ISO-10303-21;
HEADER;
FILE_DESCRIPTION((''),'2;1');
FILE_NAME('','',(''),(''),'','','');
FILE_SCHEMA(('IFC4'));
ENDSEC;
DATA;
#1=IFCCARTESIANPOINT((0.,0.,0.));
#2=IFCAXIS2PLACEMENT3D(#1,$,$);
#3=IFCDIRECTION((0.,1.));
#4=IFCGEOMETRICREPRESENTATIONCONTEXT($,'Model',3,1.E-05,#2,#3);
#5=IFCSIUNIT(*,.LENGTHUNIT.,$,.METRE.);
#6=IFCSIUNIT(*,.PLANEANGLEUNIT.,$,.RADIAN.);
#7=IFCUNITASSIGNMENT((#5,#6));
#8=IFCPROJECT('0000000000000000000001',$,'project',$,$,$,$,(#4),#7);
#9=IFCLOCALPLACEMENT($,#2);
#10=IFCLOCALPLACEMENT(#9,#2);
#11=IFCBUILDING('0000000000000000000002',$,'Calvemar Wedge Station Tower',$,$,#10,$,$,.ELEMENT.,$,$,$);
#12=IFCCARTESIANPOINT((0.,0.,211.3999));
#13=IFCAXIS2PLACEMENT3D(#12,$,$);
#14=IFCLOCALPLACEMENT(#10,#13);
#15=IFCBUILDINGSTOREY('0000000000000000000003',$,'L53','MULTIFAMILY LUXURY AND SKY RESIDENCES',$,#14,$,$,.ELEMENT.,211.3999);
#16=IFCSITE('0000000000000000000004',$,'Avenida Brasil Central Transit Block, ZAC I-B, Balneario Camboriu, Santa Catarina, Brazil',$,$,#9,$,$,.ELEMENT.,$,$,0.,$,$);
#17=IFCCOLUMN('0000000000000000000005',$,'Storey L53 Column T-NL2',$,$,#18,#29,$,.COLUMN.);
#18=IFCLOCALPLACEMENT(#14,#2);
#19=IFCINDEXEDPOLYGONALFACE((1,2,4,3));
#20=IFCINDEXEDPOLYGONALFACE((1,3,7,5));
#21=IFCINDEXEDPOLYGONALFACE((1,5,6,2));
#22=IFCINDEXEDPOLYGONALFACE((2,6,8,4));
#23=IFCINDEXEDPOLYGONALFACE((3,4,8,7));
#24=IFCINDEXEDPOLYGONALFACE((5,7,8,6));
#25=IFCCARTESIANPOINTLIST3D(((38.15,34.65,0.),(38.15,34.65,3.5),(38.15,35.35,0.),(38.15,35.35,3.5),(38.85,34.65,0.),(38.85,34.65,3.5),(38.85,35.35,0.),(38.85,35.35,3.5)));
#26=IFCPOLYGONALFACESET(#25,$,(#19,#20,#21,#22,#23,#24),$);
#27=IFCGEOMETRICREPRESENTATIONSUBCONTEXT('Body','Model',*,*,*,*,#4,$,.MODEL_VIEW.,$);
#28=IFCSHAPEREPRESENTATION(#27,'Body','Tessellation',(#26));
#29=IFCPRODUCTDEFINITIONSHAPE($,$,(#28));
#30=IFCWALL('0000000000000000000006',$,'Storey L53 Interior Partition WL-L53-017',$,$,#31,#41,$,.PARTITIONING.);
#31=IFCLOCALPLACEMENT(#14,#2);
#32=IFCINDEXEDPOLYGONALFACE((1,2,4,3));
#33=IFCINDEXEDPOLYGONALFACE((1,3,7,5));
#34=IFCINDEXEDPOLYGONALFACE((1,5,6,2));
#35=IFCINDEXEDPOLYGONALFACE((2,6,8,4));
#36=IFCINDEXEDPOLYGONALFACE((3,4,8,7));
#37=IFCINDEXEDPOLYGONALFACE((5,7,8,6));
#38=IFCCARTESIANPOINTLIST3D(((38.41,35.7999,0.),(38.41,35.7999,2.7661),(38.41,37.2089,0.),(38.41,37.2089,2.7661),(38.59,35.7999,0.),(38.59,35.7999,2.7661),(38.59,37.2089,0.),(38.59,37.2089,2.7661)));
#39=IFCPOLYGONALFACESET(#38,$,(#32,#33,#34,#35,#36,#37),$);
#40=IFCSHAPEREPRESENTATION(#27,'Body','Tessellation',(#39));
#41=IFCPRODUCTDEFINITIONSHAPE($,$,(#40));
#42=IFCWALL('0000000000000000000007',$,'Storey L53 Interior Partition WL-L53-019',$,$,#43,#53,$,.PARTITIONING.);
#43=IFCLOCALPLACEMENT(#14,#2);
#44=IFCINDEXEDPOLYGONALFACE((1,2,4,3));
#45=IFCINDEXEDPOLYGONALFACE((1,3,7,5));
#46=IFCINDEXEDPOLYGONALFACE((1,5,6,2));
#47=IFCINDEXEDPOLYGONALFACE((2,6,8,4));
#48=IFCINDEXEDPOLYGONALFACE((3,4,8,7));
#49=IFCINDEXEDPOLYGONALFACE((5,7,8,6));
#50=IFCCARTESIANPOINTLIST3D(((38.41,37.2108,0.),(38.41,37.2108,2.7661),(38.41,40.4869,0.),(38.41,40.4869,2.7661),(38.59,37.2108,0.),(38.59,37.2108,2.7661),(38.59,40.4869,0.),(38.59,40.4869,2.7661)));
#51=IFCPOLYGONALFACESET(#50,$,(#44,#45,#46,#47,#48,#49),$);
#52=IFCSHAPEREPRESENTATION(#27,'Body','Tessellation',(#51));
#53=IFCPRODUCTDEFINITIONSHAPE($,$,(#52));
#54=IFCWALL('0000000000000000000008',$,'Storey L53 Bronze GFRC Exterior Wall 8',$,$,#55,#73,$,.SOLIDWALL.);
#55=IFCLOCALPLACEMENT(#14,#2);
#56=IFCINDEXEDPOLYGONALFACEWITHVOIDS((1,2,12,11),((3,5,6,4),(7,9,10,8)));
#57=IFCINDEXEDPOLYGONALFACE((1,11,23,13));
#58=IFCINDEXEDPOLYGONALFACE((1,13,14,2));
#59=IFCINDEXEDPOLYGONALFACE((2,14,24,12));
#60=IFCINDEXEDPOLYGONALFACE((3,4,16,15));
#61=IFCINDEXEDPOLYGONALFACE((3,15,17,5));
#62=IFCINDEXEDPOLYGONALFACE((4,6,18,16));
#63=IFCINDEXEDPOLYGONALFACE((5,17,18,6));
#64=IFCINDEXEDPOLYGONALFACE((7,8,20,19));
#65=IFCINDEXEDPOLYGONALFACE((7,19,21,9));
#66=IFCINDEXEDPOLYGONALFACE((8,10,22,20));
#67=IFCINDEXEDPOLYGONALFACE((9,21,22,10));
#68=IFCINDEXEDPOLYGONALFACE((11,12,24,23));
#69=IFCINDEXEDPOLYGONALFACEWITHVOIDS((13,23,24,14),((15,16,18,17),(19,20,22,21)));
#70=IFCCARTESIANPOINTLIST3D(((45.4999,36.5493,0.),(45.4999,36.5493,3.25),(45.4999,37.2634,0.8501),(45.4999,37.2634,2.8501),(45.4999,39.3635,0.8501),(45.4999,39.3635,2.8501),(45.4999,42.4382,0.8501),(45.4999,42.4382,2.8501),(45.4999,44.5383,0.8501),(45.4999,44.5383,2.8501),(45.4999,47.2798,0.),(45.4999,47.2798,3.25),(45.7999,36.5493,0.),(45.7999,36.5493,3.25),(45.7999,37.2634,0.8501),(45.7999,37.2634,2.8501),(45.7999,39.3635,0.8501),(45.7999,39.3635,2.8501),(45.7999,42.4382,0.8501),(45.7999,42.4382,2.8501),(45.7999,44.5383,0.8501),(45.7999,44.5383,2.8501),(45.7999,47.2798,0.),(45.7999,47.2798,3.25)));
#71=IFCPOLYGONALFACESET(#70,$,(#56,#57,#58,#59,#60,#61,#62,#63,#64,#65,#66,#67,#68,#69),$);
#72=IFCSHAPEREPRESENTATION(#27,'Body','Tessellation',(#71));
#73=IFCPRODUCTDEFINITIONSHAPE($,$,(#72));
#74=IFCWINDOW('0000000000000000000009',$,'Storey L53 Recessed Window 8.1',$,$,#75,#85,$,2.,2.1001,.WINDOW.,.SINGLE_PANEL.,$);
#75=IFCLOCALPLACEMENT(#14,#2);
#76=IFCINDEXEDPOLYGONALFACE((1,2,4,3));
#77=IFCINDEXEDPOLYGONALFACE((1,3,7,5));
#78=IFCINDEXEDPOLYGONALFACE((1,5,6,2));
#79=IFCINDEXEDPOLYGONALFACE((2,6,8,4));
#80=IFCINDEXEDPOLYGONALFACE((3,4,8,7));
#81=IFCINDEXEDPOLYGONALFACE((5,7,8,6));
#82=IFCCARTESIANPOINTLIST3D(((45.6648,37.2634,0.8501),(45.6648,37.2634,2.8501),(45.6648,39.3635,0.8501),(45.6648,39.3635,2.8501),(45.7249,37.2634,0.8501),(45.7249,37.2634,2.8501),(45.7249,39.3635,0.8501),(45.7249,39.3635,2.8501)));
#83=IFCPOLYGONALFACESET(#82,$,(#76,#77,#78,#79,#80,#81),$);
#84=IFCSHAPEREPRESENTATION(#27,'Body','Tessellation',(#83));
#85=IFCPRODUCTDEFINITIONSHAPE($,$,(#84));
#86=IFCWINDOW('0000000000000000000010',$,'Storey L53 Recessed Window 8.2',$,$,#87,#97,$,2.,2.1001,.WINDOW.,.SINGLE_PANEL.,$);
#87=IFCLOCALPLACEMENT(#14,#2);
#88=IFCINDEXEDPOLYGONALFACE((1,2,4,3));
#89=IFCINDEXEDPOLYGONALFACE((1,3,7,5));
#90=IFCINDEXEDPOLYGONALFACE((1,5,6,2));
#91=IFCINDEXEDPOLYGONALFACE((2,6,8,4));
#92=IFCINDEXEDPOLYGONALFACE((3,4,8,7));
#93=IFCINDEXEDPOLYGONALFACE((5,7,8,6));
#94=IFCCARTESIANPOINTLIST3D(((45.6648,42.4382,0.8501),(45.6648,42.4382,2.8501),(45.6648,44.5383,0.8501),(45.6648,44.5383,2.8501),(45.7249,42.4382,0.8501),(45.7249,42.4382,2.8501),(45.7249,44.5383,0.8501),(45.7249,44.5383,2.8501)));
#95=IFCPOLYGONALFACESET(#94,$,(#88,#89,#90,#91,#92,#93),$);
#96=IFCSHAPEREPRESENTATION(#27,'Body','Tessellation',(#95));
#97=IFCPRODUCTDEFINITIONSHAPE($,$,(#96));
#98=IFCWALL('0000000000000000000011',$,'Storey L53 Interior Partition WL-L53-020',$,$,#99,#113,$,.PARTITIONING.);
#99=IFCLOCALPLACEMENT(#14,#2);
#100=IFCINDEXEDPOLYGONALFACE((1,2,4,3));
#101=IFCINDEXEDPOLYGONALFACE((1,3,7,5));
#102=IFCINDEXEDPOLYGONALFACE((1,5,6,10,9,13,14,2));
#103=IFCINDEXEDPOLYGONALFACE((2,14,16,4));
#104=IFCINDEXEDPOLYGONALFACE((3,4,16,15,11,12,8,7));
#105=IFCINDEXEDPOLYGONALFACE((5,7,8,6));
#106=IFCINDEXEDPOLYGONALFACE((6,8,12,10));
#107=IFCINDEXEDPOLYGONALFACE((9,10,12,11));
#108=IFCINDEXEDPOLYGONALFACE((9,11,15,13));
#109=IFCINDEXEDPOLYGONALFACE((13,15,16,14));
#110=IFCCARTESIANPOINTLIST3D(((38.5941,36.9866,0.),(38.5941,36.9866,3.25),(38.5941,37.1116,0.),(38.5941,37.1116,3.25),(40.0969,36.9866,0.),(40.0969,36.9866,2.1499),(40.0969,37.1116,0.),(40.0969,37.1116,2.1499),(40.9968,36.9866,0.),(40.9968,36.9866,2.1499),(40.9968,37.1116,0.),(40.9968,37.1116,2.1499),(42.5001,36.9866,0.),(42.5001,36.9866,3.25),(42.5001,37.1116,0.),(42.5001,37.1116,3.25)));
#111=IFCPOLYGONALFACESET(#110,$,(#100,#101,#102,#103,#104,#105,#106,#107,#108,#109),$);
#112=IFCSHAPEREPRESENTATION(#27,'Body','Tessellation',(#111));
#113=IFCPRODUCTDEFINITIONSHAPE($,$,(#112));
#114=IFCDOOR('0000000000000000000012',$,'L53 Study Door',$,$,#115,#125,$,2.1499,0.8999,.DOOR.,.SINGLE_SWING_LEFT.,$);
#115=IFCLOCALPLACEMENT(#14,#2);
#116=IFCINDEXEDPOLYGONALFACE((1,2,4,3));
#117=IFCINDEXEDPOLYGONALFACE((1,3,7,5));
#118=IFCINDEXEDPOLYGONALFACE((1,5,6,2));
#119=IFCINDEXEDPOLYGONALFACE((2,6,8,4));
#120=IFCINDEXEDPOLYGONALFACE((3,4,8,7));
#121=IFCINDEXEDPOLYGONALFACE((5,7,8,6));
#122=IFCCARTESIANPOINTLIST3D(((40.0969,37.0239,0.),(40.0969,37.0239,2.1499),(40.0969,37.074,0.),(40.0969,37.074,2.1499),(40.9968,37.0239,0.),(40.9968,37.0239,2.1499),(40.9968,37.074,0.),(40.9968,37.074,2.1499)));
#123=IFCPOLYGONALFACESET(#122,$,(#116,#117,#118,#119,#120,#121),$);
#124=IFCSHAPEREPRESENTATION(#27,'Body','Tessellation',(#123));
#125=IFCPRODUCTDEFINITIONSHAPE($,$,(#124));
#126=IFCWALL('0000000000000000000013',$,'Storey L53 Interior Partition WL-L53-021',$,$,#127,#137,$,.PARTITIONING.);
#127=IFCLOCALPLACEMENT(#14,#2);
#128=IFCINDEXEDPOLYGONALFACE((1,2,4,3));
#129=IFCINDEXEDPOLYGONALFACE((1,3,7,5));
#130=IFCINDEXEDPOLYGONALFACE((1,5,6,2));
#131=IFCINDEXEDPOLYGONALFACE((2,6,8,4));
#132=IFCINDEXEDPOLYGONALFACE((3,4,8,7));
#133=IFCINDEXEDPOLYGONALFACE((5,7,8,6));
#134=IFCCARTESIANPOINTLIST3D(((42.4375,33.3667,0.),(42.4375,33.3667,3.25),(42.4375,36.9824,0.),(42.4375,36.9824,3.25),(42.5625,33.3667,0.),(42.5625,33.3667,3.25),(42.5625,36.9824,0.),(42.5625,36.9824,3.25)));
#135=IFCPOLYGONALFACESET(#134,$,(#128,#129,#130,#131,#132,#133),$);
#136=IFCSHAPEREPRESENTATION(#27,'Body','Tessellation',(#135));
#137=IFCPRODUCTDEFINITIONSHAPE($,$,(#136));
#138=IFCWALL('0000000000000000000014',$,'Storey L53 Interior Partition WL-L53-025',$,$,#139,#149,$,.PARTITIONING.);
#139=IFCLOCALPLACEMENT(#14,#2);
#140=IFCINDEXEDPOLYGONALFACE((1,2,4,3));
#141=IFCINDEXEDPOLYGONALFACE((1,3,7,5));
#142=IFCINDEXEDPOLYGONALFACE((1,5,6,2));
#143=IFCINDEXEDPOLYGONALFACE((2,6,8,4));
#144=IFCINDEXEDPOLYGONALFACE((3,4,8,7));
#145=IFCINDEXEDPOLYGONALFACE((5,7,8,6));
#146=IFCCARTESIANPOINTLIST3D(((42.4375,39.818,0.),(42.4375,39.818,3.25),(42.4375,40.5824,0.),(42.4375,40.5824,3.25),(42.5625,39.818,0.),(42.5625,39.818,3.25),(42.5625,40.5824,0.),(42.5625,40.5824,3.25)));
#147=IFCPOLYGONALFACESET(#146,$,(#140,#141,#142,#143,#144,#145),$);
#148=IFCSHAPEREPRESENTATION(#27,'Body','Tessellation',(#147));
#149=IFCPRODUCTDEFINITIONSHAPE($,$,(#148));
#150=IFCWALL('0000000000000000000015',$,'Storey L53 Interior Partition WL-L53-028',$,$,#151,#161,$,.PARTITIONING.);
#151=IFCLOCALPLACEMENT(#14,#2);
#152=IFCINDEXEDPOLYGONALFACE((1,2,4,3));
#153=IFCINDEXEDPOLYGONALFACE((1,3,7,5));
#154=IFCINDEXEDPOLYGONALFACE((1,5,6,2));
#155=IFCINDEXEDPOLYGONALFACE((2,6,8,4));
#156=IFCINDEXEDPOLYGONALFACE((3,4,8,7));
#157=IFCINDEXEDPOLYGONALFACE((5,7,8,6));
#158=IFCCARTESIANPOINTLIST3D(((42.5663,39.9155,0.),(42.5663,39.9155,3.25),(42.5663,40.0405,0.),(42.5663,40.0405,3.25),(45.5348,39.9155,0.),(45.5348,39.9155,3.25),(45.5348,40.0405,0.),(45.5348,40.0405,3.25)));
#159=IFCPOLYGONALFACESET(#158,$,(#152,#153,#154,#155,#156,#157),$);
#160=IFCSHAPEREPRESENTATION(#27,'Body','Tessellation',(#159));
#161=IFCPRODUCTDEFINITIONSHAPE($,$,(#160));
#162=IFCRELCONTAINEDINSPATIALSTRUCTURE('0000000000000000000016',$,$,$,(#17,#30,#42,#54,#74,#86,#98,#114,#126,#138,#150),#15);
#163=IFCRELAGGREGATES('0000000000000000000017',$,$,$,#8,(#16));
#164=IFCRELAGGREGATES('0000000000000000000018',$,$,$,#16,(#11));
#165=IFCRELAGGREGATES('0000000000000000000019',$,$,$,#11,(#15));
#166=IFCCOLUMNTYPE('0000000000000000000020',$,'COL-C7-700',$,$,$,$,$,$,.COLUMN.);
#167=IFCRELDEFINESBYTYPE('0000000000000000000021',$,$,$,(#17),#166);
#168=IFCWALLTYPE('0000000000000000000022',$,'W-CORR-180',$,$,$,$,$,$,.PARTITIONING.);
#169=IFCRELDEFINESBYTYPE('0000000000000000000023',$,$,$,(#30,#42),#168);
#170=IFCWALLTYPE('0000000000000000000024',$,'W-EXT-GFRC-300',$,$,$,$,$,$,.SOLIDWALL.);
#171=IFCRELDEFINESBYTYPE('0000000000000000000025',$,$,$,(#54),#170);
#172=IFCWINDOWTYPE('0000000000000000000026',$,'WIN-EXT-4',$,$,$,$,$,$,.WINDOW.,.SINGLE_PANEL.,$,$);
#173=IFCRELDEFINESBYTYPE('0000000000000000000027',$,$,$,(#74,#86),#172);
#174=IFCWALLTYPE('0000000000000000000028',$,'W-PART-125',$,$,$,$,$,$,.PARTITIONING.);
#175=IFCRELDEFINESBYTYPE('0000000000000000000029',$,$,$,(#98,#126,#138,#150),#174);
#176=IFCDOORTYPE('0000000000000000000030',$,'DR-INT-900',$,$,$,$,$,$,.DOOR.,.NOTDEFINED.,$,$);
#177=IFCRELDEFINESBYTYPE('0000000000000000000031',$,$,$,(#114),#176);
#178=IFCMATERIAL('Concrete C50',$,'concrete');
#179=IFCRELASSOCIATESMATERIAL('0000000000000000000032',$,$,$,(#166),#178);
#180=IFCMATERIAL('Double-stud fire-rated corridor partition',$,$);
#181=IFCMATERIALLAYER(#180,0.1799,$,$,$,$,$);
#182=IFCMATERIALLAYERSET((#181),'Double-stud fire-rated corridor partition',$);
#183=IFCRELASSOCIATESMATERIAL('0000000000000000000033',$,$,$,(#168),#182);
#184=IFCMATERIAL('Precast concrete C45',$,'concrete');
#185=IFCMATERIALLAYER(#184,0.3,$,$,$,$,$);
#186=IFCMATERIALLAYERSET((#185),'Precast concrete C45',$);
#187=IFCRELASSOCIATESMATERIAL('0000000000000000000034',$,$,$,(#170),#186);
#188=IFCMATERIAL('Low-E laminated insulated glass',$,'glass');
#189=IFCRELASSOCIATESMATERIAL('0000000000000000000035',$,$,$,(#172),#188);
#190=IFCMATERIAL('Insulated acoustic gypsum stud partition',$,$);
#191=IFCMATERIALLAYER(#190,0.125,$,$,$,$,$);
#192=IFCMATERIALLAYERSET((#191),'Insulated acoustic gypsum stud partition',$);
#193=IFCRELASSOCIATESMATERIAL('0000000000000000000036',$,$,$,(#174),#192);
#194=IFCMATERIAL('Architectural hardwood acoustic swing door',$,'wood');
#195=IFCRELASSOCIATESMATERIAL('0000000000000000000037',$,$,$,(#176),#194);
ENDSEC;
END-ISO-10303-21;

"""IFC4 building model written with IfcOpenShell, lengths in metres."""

from ifc_helpers import new_model, si_unit, direction, frame, frame_2d, origin, origin_2d, place, context, subcontext, project, spatial, rectangle, extrude, source, transform, mapped, material, layer, layer_set, material_profile, profile_set, type_object, element, fill, save


model = new_model("IFC4")

# Units and contexts
model_context = context("Model", 3, precision=1e-05, world=origin(), true_north=direction((0.0, 1.0)))
body_context = subcontext(model_context, "Body", "Model", "MODEL_VIEW")
ifc_project = project(units=[si_unit("LENGTHUNIT", "METRE"), si_unit("PLANEANGLEUNIT", "RADIAN")], contexts=[model_context])

# Site, building, storey
site_placement = place(None, origin())
site = spatial("IfcSite", under=ifc_project, at=site_placement, Name="Avenida Brasil Central Transit Block, ZAC I-B, Balneario Camboriu, Santa Catarina, Brazil", CompositionType="ELEMENT", RefElevation=0.0)
building_placement = place(site_placement, origin())
building = spatial("IfcBuilding", under=site, at=building_placement, Name="Calvemar Wedge Station Tower", CompositionType="ELEMENT")
storey_placement = place(building_placement, frame((0.0, 0.0, 211.3999)))
storey = spatial("IfcBuildingStorey", under=building, at=storey_placement, Name="L53", Description="MULTIFAMILY LUXURY AND SKY RESIDENCES", CompositionType="ELEMENT", Elevation=211.3999)

# Column
ifc_material_1 = material(Name="Concrete C50", Category="concrete")
ifc_material_profile = material_profile(ifc_material_1, rectangle(XDim=0.7, YDim=0.7, at=origin_2d()), Name="RC700x700")
ifc_profile_set = profile_set([ifc_material_profile], Name="Concrete C50")
column_type = type_object("IfcColumnType", Name="COL-C7-700", PredefinedType="COLUMN", material=ifc_profile_set)
shared_shape_1 = source(origin(), body_context, "Body", "SweptSolid", [
    extrude(rectangle(XDim=0.7, YDim=0.7, at=origin_2d()), origin(), (0.0, 0.0, 1.0), 3.5),
])
column_placement = place(storey_placement, frame((38.5, 35.0, 0.0), z_axis=(0.0, 0.0, 1.0), x_axis=(1.0, 0.0, 0.0)))
element("IfcColumn", 1, at=column_placement, inside=storey, type_object=column_type, Name="Storey L53 Column T-NL2", PredefinedType="COLUMN", context=body_context, shape_type="MappedRepresentation", body=[
    mapped(shared_shape_1, transform((0.0, 0.0, 0.0), scale=1.0)),
])

# Walls
ifc_material_2 = material(Name="Double-stud fire-rated corridor partition")
ifc_layer_1 = layer(ifc_material_2, 0.1799)
ifc_layer_set_1 = layer_set([ifc_layer_1], Name="Double-stud fire-rated corridor partition")
wall_type_1 = type_object("IfcWallType", Name="W-CORR-180", PredefinedType="PARTITIONING", material=ifc_layer_set_1)
wall_1_placement = place(storey_placement, frame((38.5, 37.209, 0.0), z_axis=(0.0, 0.0, 1.0), x_axis=(0.0, -1.0, 0.0)))
element("IfcWall", 2, at=wall_1_placement, inside=storey, type_object=wall_type_1, Name="Storey L53 Interior Partition WL-L53-017", PredefinedType="PARTITIONING", context=body_context, shape_type="SweptSolid", body=[
    extrude(rectangle(XDim=1.4089, YDim=0.1799, at=frame_2d((0.7046, 0.0))), origin(), (0.0, 0.0, 1.0), 2.7661),
])
wall_2_placement = place(storey_placement, frame((38.5, 40.4871, 0.0), z_axis=(0.0, 0.0, 1.0), x_axis=(0.0, -1.0, 0.0)))
element("IfcWall", 3, at=wall_2_placement, inside=storey, type_object=wall_type_1, Name="Storey L53 Interior Partition WL-L53-019", PredefinedType="PARTITIONING", context=body_context, shape_type="SweptSolid", body=[
    extrude(rectangle(XDim=3.2761, YDim=0.1799, at=frame_2d((1.6382, 0.0))), origin(), (0.0, 0.0, 1.0), 2.7661),
])

# Wall, openings, windows
ifc_material_3 = material(Name="Precast concrete C45", Category="concrete")
ifc_layer_2 = layer(ifc_material_3, 0.3)
ifc_layer_set_2 = layer_set([ifc_layer_2], Name="Precast concrete C45")
wall_type_2 = type_object("IfcWallType", Name="W-EXT-GFRC-300", PredefinedType="SOLIDWALL", material=ifc_layer_set_2)
wall_3_placement = place(storey_placement, frame((45.6499, 36.5493, 0.0), z_axis=(0.0, 0.0, 1.0), x_axis=(0.0, 1.0, 0.0)))
wall_3 = element("IfcWall", 4, at=wall_3_placement, inside=storey, type_object=wall_type_2, Name="Storey L53 Bronze GFRC Exterior Wall 8", PredefinedType="SOLIDWALL", context=body_context, shape_type="SweptSolid", body=[
    extrude(rectangle(XDim=10.7305, YDim=0.3, at=frame_2d((5.3652, 0.0))), origin(), (0.0, 0.0, 1.0), 3.25),
])
shared_shape_2 = source(origin(), body_context, "Body", "SweptSolid", [
    extrude(rectangle(XDim=2.1001, YDim=2.0, at=frame_2d((1.05, 1.0))), frame((0.0, 0.1602, 0.0), z_axis=(0.0, -1.0, 0.0), x_axis=(1.0, 0.0, 0.0)), (0.0, 0.0, 1.0), 0.3201),
])
opening_1_placement = place(wall_3_placement, frame((0.7141, 0.0, 0.8501)))
opening_1 = element("IfcOpeningElement", 5, at=opening_1_placement, cuts=wall_3, PredefinedType="OPENING", context=body_context, shape_type="MappedRepresentation", body=[
    mapped(shared_shape_2, transform((0.0, 0.0, 0.0), scale=1.0)),
])
opening_2_placement = place(wall_3_placement, frame((5.8889, 0.0, 0.8501)))
opening_2 = element("IfcOpeningElement", 6, at=opening_2_placement, cuts=wall_3, PredefinedType="OPENING", context=body_context, shape_type="MappedRepresentation", body=[
    mapped(shared_shape_2, transform((0.0, 0.0, 0.0), scale=1.0)),
])
ifc_material_4 = material(Name="Low-E laminated insulated glass", Category="glass")
window_type = type_object("IfcWindowType", Name="WIN-EXT-4", PartitioningType="SINGLE_PANEL", PredefinedType="WINDOW", material=ifc_material_4)
shared_shape_3 = source(origin(), body_context, "Body", "SweptSolid", [
    extrude(rectangle(XDim=2.1001, YDim=2.0, at=frame_2d((1.05, 1.0))), frame((0.0, -0.0149, 0.0), z_axis=(0.0, -1.0, 0.0), x_axis=(1.0, 0.0, 0.0)), (0.0, 0.0, 1.0), 0.0601),
])
window_1_placement = place(opening_1_placement, origin())
window_1 = element("IfcWindow", 7, at=window_1_placement, inside=storey, type_object=window_type, Name="Storey L53 Recessed Window 8.1", OverallHeight=2.0, OverallWidth=2.1001, PartitioningType="SINGLE_PANEL", PredefinedType="WINDOW", context=body_context, shape_type="MappedRepresentation", body=[
    mapped(shared_shape_3, transform((0.0, 0.0, 0.0), scale=1.0)),
])
fill(opening_1, window_1)
window_2_placement = place(opening_2_placement, origin())
window_2 = element("IfcWindow", 8, at=window_2_placement, inside=storey, type_object=window_type, Name="Storey L53 Recessed Window 8.2", OverallHeight=2.0, OverallWidth=2.1001, PartitioningType="SINGLE_PANEL", PredefinedType="WINDOW", context=body_context, shape_type="MappedRepresentation", body=[
    mapped(shared_shape_3, transform((0.0, 0.0, 0.0), scale=1.0)),
])
fill(opening_2, window_2)

# Wall, opening, door
ifc_material_5 = material(Name="Insulated acoustic gypsum stud partition")
ifc_layer_3 = layer(ifc_material_5, 0.125)
ifc_layer_set_3 = layer_set([ifc_layer_3], Name="Insulated acoustic gypsum stud partition")
wall_type_3 = type_object("IfcWallType", Name="W-PART-125", PredefinedType="PARTITIONING", material=ifc_layer_set_3)
wall_4_placement = place(storey_placement, frame((38.594, 37.0491, 0.0), z_axis=(0.0, 0.0, 1.0), x_axis=(1.0, 0.0, 0.0)))
wall_4 = element("IfcWall", 9, at=wall_4_placement, inside=storey, type_object=wall_type_3, Name="Storey L53 Interior Partition WL-L53-020", PredefinedType="PARTITIONING", context=body_context, shape_type="SweptSolid", body=[
    extrude(rectangle(XDim=3.906, YDim=0.125, at=frame_2d((1.9531, 0.0))), origin(), (0.0, 0.0, 1.0), 3.25),
])
shared_shape_4 = source(origin(), body_context, "Body", "SweptSolid", [
    extrude(rectangle(XDim=0.8999, YDim=2.1499, at=frame_2d((0.45, 1.075))), frame((0.0, 0.0725, 0.0), z_axis=(0.0, -1.0, 0.0), x_axis=(1.0, 0.0, 0.0)), (0.0, 0.0, 1.0), 0.145),
])
opening_3_placement = place(wall_4_placement, frame((1.5029, 0.0, 0.0)))
opening_3 = element("IfcOpeningElement", 10, at=opening_3_placement, cuts=wall_4, PredefinedType="OPENING", context=body_context, shape_type="MappedRepresentation", body=[
    mapped(shared_shape_4, transform((0.0, 0.0, 0.0), scale=1.0)),
])
ifc_material_6 = material(Name="Architectural hardwood acoustic swing door", Category="wood")
door_type_1 = type_object("IfcDoorType", Name="DR-INT-900", OperationType="NOTDEFINED", PredefinedType="DOOR", material=ifc_material_6)
shared_shape_5 = source(origin(), body_context, "Body", "SweptSolid", [
    extrude(rectangle(XDim=0.8999, YDim=2.1499, at=frame_2d((0.45, 1.075))), frame((0.0, 0.0249, 0.0), z_axis=(0.0, -1.0, 0.0), x_axis=(1.0, 0.0, 0.0)), (0.0, 0.0, 1.0), 0.05),
])
door_1_placement = place(opening_3_placement, origin())
door_1 = element("IfcDoor", 11, at=door_1_placement, inside=storey, type_object=door_type_1, Name="L53 Study Door", OperationType="SINGLE_SWING_LEFT", OverallHeight=2.1499, OverallWidth=0.8999, PredefinedType="DOOR", context=body_context, shape_type="MappedRepresentation", body=[
    mapped(shared_shape_5, transform((0.0, 0.0, 0.0), scale=1.0)),
])
fill(opening_3, door_1)

# Walls
wall_5_placement = place(storey_placement, frame((42.5, 36.9824, 0.0), z_axis=(0.0, 0.0, 1.0), x_axis=(0.0, -1.0, 0.0)))
element("IfcWall", 12, at=wall_5_placement, inside=storey, type_object=wall_type_3, Name="Storey L53 Interior Partition WL-L53-021", PredefinedType="PARTITIONING", context=body_context, shape_type="SweptSolid", body=[
    extrude(rectangle(XDim=3.6157, YDim=0.125, at=frame_2d((1.8079, 0.0))), origin(), (0.0, 0.0, 1.0), 3.25),
])
wall_6_placement = place(storey_placement, frame((42.5, 40.5825, 0.0), z_axis=(0.0, 0.0, 1.0), x_axis=(0.0, -1.0, 0.0)))
element("IfcWall", 13, at=wall_6_placement, inside=storey, type_object=wall_type_3, Name="Storey L53 Interior Partition WL-L53-025", PredefinedType="PARTITIONING", context=body_context, shape_type="SweptSolid", body=[
    extrude(rectangle(XDim=0.7644, YDim=0.125, at=frame_2d((0.3823, 0.0))), origin(), (0.0, 0.0, 1.0), 3.25),
])

# Wall
wall_7_placement = place(storey_placement, frame((45.5349, 39.978, 0.0), z_axis=(0.0, 0.0, 1.0), x_axis=(-1.0, 0.0, 0.0)))
element("IfcWall", 14, at=wall_7_placement, inside=storey, type_object=wall_type_3, Name="Storey L53 Interior Partition WL-L53-028", PredefinedType="PARTITIONING", context=body_context, shape_type="SweptSolid", body=[
    extrude(rectangle(XDim=2.9685, YDim=0.125, at=frame_2d((1.4844, 0.0))), origin(), (0.0, 0.0, 1.0), 3.25),
])

save(model, "model.ifc")
